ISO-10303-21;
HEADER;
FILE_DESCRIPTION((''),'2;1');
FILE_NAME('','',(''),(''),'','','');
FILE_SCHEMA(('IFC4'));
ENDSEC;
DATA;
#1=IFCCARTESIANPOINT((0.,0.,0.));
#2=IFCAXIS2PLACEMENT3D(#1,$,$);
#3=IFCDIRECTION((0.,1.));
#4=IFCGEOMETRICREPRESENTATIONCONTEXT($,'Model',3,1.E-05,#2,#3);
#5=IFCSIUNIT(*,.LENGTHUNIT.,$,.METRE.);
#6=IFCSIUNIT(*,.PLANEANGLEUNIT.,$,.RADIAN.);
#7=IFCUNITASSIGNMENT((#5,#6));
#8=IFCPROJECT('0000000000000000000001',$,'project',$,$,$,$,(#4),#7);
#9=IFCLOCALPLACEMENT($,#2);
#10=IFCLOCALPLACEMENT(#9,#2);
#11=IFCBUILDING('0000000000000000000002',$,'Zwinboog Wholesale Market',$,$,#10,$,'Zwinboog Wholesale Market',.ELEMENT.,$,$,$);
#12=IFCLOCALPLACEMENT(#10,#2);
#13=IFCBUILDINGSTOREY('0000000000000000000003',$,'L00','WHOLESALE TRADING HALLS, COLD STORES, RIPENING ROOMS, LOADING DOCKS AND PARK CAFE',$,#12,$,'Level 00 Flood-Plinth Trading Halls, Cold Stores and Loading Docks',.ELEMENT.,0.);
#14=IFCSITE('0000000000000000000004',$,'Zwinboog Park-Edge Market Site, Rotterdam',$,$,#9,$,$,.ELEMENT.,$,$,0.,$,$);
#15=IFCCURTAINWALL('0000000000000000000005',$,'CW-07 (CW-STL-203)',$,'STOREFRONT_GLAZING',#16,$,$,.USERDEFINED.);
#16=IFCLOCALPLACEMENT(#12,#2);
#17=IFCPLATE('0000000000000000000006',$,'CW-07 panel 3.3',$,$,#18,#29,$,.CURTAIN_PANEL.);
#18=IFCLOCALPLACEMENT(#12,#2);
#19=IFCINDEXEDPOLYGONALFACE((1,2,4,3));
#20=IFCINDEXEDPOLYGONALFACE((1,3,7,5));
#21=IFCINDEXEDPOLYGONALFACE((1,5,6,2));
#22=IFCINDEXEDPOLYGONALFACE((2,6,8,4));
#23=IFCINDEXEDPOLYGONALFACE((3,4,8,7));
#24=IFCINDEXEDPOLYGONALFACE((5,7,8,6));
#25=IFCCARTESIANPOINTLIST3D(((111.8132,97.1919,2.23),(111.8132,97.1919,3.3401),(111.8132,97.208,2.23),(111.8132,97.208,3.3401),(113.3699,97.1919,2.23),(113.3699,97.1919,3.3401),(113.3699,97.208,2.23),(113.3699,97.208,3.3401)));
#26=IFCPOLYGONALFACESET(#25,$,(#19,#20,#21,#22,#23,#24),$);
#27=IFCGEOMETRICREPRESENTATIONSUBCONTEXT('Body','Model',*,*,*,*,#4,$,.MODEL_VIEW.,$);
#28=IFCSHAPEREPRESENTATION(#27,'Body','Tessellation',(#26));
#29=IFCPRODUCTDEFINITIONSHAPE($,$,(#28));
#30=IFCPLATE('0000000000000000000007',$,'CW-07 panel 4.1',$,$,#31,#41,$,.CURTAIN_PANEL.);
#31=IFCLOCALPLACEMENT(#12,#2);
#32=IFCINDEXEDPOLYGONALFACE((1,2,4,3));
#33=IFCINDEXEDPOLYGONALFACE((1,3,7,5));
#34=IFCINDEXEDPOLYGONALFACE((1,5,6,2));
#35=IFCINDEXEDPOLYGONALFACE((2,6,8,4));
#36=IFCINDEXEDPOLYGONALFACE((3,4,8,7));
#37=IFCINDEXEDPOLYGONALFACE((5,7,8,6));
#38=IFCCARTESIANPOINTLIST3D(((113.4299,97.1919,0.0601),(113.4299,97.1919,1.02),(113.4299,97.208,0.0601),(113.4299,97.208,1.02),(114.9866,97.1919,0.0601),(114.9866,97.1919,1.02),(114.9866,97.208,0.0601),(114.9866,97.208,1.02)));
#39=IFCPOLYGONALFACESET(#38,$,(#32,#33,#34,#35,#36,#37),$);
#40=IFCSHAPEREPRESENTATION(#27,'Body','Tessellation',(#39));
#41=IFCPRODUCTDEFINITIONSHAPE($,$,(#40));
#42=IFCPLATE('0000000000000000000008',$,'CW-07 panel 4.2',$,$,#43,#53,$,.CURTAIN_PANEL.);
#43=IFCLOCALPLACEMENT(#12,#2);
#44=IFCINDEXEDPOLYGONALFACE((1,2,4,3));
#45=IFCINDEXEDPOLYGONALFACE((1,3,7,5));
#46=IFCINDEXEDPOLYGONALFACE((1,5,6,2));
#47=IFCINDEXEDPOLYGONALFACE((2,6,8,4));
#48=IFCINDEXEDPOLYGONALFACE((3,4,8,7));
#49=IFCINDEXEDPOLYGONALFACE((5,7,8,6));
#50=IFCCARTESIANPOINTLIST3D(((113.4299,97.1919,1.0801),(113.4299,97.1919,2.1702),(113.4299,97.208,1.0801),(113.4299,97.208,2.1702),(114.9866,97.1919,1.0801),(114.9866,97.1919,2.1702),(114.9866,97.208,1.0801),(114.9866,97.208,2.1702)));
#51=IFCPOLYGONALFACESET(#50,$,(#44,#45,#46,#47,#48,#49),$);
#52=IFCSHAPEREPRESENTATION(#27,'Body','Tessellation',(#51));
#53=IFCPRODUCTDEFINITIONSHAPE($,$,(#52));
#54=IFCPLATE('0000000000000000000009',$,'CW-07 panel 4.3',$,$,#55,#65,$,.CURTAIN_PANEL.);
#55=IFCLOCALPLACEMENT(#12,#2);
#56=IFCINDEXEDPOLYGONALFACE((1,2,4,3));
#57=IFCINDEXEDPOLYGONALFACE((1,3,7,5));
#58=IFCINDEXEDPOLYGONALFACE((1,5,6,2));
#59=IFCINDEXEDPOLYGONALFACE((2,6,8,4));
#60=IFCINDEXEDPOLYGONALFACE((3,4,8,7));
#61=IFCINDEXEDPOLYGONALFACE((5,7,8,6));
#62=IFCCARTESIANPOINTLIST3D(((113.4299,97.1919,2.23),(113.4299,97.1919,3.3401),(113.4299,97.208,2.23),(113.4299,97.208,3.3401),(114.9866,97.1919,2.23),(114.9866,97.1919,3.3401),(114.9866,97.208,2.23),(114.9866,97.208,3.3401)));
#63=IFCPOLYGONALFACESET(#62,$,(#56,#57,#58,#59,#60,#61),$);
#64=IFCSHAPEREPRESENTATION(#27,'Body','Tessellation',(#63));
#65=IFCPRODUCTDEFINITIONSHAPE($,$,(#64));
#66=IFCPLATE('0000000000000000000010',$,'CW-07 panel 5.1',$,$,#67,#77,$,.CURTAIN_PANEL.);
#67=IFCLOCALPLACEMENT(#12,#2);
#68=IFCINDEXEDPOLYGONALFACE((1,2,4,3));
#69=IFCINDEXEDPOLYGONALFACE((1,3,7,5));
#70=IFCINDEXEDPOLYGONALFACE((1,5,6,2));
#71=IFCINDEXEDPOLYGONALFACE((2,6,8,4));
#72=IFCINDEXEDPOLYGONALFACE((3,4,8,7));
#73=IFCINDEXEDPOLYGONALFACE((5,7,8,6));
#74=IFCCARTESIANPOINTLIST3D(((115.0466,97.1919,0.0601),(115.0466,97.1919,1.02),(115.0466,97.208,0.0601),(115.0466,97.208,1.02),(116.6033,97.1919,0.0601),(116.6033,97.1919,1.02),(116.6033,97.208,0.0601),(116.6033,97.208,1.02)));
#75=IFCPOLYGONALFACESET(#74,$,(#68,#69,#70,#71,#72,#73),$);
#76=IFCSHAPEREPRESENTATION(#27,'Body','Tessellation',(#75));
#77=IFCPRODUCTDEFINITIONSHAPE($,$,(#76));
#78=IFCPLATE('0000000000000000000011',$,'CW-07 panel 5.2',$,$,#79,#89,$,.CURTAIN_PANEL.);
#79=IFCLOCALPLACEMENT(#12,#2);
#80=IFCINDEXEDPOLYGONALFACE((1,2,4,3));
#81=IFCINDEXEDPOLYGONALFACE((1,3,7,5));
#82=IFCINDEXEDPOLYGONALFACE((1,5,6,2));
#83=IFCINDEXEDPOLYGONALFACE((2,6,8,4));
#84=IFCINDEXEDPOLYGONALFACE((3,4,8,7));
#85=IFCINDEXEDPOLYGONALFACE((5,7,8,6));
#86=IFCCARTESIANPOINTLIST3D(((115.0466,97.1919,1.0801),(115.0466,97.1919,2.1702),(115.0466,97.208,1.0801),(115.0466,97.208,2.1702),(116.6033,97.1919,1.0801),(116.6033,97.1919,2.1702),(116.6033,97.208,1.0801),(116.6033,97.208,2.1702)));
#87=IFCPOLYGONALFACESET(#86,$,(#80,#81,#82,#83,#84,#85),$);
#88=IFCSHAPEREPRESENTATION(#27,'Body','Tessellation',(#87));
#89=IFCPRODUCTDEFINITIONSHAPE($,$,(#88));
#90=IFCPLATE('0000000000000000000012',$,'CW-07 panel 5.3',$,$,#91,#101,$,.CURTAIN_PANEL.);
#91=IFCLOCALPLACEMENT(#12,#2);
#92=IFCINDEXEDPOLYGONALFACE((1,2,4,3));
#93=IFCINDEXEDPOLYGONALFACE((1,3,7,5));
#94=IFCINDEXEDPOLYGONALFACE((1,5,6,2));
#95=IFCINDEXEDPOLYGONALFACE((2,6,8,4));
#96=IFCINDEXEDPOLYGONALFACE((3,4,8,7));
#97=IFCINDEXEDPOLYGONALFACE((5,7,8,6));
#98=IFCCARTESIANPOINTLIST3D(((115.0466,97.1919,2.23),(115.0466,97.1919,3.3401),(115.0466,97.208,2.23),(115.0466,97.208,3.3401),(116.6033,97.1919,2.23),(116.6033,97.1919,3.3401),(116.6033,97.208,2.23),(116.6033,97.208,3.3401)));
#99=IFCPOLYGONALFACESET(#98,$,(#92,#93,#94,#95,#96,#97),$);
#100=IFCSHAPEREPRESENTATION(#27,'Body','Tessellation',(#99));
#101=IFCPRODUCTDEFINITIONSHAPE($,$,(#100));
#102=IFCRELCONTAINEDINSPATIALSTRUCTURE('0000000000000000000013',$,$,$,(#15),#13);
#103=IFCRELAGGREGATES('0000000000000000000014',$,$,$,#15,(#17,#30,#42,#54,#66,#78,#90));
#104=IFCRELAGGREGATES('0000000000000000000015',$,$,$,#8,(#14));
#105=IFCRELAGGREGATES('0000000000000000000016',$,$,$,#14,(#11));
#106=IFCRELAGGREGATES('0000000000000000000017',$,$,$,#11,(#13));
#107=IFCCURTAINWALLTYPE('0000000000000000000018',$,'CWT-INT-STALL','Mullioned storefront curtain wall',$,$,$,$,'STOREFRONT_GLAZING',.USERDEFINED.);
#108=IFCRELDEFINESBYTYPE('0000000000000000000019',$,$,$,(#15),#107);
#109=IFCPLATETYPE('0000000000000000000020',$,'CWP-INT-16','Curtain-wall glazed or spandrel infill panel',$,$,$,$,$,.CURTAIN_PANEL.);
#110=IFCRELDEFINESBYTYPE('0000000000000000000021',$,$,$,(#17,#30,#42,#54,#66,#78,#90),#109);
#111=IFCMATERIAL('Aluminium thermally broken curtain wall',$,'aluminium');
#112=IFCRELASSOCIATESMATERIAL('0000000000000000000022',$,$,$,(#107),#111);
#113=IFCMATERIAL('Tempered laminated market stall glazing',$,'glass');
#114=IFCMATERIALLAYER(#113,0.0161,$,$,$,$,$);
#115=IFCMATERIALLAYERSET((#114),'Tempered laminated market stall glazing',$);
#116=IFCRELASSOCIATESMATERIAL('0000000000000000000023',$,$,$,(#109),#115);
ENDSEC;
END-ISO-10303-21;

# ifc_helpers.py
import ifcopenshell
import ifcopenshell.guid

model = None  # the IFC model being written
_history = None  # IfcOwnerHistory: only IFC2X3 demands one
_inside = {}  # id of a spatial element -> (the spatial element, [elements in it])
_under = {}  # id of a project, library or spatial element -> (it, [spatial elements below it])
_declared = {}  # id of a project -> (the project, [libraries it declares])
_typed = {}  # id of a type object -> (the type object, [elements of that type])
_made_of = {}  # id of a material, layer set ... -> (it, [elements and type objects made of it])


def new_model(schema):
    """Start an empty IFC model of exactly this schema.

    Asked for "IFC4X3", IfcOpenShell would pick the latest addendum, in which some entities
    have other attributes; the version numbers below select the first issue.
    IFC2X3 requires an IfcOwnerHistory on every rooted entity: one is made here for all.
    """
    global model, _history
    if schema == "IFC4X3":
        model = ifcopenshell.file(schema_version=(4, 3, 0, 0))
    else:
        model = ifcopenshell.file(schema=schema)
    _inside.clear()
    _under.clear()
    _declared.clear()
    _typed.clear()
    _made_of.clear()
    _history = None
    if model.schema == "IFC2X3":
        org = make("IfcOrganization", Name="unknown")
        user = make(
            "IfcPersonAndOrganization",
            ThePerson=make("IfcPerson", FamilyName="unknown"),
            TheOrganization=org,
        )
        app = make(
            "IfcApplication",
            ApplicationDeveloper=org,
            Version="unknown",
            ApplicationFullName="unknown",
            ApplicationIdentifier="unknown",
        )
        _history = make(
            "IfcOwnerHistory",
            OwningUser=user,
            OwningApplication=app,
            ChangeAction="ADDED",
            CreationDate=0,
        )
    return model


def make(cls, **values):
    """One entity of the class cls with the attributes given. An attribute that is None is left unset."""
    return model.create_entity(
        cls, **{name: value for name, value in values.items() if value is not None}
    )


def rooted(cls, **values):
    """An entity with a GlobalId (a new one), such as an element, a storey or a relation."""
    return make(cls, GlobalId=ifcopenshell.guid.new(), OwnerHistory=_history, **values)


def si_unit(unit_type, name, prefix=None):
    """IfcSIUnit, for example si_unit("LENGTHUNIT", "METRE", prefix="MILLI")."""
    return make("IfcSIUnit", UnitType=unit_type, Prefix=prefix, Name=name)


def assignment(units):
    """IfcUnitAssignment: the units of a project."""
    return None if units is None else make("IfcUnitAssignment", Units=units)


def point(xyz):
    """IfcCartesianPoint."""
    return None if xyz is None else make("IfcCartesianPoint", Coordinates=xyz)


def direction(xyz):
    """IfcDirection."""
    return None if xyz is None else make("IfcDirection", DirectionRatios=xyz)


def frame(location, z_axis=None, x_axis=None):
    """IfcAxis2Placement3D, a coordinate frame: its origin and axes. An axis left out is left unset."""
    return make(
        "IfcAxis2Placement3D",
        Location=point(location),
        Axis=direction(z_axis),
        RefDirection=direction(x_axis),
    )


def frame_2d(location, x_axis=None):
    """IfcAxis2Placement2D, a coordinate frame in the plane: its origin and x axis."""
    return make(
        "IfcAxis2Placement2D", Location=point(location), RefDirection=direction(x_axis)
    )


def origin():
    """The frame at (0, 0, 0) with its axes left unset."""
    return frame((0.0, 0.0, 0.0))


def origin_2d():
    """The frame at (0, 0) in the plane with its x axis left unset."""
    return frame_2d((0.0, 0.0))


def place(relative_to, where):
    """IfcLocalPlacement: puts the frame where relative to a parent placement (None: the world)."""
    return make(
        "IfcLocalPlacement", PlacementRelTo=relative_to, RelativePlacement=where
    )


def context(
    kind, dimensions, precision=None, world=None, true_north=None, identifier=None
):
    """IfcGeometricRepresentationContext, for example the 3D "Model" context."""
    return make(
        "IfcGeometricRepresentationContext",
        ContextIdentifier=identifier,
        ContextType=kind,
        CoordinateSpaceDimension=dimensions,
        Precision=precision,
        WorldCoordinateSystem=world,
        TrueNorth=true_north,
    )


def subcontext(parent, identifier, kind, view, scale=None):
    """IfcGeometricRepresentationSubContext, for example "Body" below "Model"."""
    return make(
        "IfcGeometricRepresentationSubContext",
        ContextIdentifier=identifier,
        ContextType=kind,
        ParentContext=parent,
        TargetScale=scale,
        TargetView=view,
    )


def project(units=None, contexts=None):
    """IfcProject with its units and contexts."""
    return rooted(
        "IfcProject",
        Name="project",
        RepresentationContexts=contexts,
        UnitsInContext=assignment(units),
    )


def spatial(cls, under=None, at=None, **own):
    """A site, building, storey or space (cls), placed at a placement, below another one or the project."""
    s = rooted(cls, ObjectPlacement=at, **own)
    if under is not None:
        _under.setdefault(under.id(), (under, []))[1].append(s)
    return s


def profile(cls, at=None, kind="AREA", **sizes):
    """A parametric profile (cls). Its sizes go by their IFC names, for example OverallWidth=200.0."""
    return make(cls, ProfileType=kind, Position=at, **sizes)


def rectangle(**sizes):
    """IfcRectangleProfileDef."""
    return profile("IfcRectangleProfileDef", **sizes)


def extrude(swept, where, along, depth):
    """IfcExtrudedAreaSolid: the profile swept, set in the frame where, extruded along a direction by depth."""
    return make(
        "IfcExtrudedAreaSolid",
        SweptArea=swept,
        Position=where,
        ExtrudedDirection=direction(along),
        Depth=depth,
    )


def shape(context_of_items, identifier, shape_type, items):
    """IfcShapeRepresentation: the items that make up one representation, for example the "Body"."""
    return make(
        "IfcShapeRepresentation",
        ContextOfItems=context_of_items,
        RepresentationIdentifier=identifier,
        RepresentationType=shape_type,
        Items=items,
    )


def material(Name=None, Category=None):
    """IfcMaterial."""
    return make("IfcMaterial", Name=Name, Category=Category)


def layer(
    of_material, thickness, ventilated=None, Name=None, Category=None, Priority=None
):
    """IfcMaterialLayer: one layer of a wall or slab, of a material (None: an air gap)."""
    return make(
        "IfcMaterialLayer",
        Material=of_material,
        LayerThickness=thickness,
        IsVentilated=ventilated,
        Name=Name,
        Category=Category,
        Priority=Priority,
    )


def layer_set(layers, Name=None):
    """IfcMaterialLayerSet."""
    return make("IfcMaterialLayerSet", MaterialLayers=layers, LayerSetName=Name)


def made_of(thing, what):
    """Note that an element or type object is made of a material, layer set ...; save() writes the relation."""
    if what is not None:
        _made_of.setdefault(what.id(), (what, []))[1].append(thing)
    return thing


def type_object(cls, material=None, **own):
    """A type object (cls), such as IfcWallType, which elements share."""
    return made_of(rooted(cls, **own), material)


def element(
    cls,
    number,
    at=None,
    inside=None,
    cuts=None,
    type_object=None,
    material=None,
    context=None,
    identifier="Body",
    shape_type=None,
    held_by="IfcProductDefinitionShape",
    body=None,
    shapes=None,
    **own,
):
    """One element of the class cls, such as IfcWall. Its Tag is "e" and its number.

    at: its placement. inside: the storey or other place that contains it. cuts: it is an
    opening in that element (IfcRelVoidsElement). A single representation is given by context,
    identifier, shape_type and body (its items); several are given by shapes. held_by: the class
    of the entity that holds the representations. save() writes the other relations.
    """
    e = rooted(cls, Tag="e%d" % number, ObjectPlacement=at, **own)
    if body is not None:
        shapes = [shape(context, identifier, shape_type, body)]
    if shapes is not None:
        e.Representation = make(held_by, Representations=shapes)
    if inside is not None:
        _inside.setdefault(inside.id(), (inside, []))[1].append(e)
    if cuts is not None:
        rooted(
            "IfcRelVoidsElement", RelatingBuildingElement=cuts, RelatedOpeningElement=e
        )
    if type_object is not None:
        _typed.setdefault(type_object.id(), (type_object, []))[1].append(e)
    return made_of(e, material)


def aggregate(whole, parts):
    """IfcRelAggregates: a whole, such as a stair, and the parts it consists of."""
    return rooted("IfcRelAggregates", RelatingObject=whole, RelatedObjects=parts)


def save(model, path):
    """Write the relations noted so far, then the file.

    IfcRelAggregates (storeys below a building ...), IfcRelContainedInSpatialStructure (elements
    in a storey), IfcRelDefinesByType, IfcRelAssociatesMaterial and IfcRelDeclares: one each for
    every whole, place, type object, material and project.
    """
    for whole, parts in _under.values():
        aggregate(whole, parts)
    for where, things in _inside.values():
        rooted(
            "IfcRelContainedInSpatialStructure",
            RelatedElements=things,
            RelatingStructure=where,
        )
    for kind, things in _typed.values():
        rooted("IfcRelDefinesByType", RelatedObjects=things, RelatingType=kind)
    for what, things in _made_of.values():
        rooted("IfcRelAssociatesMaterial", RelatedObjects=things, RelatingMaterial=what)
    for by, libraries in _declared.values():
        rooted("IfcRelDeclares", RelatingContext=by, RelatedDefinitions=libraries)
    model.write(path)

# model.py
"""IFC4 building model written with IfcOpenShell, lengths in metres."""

from ifc_helpers import new_model, si_unit, direction, frame, origin, origin_2d, place, context, subcontext, project, spatial, rectangle, extrude, material, layer, layer_set, type_object, element, aggregate, save


model = new_model("IFC4")

# Units and contexts
model_context = context("Model", 3, precision=1e-05, world=origin(), true_north=direction((0.0, 1.0)))
body_context = subcontext(model_context, "Body", "Model", "MODEL_VIEW")
ifc_project = project(units=[si_unit("LENGTHUNIT", "METRE"), si_unit("PLANEANGLEUNIT", "RADIAN")], contexts=[model_context])

# Site, building, storey
site_placement = place(None, origin())
site = spatial("IfcSite", under=ifc_project, at=site_placement, Name="Zwinboog Park-Edge Market Site, Rotterdam", CompositionType="ELEMENT", RefElevation=0.0)
building_placement = place(site_placement, origin())
building = spatial("IfcBuilding", under=site, at=building_placement, Name="Zwinboog Wholesale Market", LongName="Zwinboog Wholesale Market", CompositionType="ELEMENT")
storey_placement = place(building_placement, origin())
storey = spatial("IfcBuildingStorey", under=building, at=storey_placement, Name="L00", Description="WHOLESALE TRADING HALLS, COLD STORES, RIPENING ROOMS, LOADING DOCKS AND PARK CAFE", LongName="Level 00 Flood-Plinth Trading Halls, Cold Stores and Loading Docks", CompositionType="ELEMENT", Elevation=0.0)

# Curtain wall, plates
ifc_material_1 = material(Name="Aluminium thermally broken curtain wall", Category="aluminium")
curtain_wall_type = type_object("IfcCurtainWallType", Name="CWT-INT-STALL", Description="Mullioned storefront curtain wall", ElementType="STOREFRONT_GLAZING", PredefinedType="USERDEFINED", material=ifc_material_1)
curtain_wall_placement = place(storey_placement, origin())
curtain_wall = element("IfcCurtainWall", 1, at=curtain_wall_placement, inside=storey, type_object=curtain_wall_type, Name="CW-07 (CW-STL-203)", ObjectType="STOREFRONT_GLAZING", PredefinedType="USERDEFINED")
ifc_material_2 = material(Name="Tempered laminated market stall glazing", Category="glass")
ifc_layer = layer(ifc_material_2, 0.0161)
ifc_layer_set = layer_set([ifc_layer], Name="Tempered laminated market stall glazing")
plate_type = type_object("IfcPlateType", Name="CWP-INT-16", Description="Curtain-wall glazed or spandrel infill panel", PredefinedType="CURTAIN_PANEL", material=ifc_layer_set)
plate_1_placement = place(storey_placement, frame((112.5916, 97.2, 2.23), z_axis=(0.0, 0.0, 1.0), x_axis=(1.0, 0.0, 0.0)))
plate_1 = element("IfcPlate", 2, at=plate_1_placement, type_object=plate_type, Name="CW-07 panel 3.3", PredefinedType="CURTAIN_PANEL", context=body_context, shape_type="SweptSolid", body=[
    extrude(rectangle(XDim=1.5566, YDim=0.0161, at=origin_2d()), origin(), (0.0, 0.0, 1.0), 1.1101),
])
plate_2_placement = place(storey_placement, frame((114.2083, 97.2, 0.0601), z_axis=(0.0, 0.0, 1.0), x_axis=(1.0, 0.0, 0.0)))
plate_2 = element("IfcPlate", 3, at=plate_2_placement, type_object=plate_type, Name="CW-07 panel 4.1", PredefinedType="CURTAIN_PANEL", context=body_context, shape_type="SweptSolid", body=[
    extrude(rectangle(XDim=1.5566, YDim=0.0161, at=origin_2d()), origin(), (0.0, 0.0, 1.0), 0.96),
])
plate_3_placement = place(storey_placement, frame((114.2083, 97.2, 1.0801), z_axis=(0.0, 0.0, 1.0), x_axis=(1.0, 0.0, 0.0)))
plate_3 = element("IfcPlate", 4, at=plate_3_placement, type_object=plate_type, Name="CW-07 panel 4.2", PredefinedType="CURTAIN_PANEL", context=body_context, shape_type="SweptSolid", body=[
    extrude(rectangle(XDim=1.5566, YDim=0.0161, at=origin_2d()), origin(), (0.0, 0.0, 1.0), 1.0901),
])
plate_4_placement = place(storey_placement, frame((114.2083, 97.2, 2.23), z_axis=(0.0, 0.0, 1.0), x_axis=(1.0, 0.0, 0.0)))
plate_4 = element("IfcPlate", 5, at=plate_4_placement, type_object=plate_type, Name="CW-07 panel 4.3", PredefinedType="CURTAIN_PANEL", context=body_context, shape_type="SweptSolid", body=[
    extrude(rectangle(XDim=1.5566, YDim=0.0161, at=origin_2d()), origin(), (0.0, 0.0, 1.0), 1.1101),
])
plate_5_placement = place(storey_placement, frame((115.825, 97.2, 0.0601), z_axis=(0.0, 0.0, 1.0), x_axis=(1.0, 0.0, 0.0)))
plate_5 = element("IfcPlate", 6, at=plate_5_placement, type_object=plate_type, Name="CW-07 panel 5.1", PredefinedType="CURTAIN_PANEL", context=body_context, shape_type="SweptSolid", body=[
    extrude(rectangle(XDim=1.5566, YDim=0.0161, at=origin_2d()), origin(), (0.0, 0.0, 1.0), 0.96),
])
plate_6_placement = place(storey_placement, frame((115.825, 97.2, 1.0801), z_axis=(0.0, 0.0, 1.0), x_axis=(1.0, 0.0, 0.0)))
plate_6 = element("IfcPlate", 7, at=plate_6_placement, type_object=plate_type, Name="CW-07 panel 5.2", PredefinedType="CURTAIN_PANEL", context=body_context, shape_type="SweptSolid", body=[
    extrude(rectangle(XDim=1.5566, YDim=0.0161, at=origin_2d()), origin(), (0.0, 0.0, 1.0), 1.0901),
])
plate_7_placement = place(storey_placement, frame((115.825, 97.2, 2.23), z_axis=(0.0, 0.0, 1.0), x_axis=(1.0, 0.0, 0.0)))
plate_7 = element("IfcPlate", 8, at=plate_7_placement, type_object=plate_type, Name="CW-07 panel 5.3", PredefinedType="CURTAIN_PANEL", context=body_context, shape_type="SweptSolid", body=[
    extrude(rectangle(XDim=1.5566, YDim=0.0161, at=origin_2d()), origin(), (0.0, 0.0, 1.0), 1.1101),
])
aggregate(curtain_wall, [plate_1, plate_2, plate_3, plate_4, plate_5, plate_6, plate_7])

save(model, "model.ifc")
